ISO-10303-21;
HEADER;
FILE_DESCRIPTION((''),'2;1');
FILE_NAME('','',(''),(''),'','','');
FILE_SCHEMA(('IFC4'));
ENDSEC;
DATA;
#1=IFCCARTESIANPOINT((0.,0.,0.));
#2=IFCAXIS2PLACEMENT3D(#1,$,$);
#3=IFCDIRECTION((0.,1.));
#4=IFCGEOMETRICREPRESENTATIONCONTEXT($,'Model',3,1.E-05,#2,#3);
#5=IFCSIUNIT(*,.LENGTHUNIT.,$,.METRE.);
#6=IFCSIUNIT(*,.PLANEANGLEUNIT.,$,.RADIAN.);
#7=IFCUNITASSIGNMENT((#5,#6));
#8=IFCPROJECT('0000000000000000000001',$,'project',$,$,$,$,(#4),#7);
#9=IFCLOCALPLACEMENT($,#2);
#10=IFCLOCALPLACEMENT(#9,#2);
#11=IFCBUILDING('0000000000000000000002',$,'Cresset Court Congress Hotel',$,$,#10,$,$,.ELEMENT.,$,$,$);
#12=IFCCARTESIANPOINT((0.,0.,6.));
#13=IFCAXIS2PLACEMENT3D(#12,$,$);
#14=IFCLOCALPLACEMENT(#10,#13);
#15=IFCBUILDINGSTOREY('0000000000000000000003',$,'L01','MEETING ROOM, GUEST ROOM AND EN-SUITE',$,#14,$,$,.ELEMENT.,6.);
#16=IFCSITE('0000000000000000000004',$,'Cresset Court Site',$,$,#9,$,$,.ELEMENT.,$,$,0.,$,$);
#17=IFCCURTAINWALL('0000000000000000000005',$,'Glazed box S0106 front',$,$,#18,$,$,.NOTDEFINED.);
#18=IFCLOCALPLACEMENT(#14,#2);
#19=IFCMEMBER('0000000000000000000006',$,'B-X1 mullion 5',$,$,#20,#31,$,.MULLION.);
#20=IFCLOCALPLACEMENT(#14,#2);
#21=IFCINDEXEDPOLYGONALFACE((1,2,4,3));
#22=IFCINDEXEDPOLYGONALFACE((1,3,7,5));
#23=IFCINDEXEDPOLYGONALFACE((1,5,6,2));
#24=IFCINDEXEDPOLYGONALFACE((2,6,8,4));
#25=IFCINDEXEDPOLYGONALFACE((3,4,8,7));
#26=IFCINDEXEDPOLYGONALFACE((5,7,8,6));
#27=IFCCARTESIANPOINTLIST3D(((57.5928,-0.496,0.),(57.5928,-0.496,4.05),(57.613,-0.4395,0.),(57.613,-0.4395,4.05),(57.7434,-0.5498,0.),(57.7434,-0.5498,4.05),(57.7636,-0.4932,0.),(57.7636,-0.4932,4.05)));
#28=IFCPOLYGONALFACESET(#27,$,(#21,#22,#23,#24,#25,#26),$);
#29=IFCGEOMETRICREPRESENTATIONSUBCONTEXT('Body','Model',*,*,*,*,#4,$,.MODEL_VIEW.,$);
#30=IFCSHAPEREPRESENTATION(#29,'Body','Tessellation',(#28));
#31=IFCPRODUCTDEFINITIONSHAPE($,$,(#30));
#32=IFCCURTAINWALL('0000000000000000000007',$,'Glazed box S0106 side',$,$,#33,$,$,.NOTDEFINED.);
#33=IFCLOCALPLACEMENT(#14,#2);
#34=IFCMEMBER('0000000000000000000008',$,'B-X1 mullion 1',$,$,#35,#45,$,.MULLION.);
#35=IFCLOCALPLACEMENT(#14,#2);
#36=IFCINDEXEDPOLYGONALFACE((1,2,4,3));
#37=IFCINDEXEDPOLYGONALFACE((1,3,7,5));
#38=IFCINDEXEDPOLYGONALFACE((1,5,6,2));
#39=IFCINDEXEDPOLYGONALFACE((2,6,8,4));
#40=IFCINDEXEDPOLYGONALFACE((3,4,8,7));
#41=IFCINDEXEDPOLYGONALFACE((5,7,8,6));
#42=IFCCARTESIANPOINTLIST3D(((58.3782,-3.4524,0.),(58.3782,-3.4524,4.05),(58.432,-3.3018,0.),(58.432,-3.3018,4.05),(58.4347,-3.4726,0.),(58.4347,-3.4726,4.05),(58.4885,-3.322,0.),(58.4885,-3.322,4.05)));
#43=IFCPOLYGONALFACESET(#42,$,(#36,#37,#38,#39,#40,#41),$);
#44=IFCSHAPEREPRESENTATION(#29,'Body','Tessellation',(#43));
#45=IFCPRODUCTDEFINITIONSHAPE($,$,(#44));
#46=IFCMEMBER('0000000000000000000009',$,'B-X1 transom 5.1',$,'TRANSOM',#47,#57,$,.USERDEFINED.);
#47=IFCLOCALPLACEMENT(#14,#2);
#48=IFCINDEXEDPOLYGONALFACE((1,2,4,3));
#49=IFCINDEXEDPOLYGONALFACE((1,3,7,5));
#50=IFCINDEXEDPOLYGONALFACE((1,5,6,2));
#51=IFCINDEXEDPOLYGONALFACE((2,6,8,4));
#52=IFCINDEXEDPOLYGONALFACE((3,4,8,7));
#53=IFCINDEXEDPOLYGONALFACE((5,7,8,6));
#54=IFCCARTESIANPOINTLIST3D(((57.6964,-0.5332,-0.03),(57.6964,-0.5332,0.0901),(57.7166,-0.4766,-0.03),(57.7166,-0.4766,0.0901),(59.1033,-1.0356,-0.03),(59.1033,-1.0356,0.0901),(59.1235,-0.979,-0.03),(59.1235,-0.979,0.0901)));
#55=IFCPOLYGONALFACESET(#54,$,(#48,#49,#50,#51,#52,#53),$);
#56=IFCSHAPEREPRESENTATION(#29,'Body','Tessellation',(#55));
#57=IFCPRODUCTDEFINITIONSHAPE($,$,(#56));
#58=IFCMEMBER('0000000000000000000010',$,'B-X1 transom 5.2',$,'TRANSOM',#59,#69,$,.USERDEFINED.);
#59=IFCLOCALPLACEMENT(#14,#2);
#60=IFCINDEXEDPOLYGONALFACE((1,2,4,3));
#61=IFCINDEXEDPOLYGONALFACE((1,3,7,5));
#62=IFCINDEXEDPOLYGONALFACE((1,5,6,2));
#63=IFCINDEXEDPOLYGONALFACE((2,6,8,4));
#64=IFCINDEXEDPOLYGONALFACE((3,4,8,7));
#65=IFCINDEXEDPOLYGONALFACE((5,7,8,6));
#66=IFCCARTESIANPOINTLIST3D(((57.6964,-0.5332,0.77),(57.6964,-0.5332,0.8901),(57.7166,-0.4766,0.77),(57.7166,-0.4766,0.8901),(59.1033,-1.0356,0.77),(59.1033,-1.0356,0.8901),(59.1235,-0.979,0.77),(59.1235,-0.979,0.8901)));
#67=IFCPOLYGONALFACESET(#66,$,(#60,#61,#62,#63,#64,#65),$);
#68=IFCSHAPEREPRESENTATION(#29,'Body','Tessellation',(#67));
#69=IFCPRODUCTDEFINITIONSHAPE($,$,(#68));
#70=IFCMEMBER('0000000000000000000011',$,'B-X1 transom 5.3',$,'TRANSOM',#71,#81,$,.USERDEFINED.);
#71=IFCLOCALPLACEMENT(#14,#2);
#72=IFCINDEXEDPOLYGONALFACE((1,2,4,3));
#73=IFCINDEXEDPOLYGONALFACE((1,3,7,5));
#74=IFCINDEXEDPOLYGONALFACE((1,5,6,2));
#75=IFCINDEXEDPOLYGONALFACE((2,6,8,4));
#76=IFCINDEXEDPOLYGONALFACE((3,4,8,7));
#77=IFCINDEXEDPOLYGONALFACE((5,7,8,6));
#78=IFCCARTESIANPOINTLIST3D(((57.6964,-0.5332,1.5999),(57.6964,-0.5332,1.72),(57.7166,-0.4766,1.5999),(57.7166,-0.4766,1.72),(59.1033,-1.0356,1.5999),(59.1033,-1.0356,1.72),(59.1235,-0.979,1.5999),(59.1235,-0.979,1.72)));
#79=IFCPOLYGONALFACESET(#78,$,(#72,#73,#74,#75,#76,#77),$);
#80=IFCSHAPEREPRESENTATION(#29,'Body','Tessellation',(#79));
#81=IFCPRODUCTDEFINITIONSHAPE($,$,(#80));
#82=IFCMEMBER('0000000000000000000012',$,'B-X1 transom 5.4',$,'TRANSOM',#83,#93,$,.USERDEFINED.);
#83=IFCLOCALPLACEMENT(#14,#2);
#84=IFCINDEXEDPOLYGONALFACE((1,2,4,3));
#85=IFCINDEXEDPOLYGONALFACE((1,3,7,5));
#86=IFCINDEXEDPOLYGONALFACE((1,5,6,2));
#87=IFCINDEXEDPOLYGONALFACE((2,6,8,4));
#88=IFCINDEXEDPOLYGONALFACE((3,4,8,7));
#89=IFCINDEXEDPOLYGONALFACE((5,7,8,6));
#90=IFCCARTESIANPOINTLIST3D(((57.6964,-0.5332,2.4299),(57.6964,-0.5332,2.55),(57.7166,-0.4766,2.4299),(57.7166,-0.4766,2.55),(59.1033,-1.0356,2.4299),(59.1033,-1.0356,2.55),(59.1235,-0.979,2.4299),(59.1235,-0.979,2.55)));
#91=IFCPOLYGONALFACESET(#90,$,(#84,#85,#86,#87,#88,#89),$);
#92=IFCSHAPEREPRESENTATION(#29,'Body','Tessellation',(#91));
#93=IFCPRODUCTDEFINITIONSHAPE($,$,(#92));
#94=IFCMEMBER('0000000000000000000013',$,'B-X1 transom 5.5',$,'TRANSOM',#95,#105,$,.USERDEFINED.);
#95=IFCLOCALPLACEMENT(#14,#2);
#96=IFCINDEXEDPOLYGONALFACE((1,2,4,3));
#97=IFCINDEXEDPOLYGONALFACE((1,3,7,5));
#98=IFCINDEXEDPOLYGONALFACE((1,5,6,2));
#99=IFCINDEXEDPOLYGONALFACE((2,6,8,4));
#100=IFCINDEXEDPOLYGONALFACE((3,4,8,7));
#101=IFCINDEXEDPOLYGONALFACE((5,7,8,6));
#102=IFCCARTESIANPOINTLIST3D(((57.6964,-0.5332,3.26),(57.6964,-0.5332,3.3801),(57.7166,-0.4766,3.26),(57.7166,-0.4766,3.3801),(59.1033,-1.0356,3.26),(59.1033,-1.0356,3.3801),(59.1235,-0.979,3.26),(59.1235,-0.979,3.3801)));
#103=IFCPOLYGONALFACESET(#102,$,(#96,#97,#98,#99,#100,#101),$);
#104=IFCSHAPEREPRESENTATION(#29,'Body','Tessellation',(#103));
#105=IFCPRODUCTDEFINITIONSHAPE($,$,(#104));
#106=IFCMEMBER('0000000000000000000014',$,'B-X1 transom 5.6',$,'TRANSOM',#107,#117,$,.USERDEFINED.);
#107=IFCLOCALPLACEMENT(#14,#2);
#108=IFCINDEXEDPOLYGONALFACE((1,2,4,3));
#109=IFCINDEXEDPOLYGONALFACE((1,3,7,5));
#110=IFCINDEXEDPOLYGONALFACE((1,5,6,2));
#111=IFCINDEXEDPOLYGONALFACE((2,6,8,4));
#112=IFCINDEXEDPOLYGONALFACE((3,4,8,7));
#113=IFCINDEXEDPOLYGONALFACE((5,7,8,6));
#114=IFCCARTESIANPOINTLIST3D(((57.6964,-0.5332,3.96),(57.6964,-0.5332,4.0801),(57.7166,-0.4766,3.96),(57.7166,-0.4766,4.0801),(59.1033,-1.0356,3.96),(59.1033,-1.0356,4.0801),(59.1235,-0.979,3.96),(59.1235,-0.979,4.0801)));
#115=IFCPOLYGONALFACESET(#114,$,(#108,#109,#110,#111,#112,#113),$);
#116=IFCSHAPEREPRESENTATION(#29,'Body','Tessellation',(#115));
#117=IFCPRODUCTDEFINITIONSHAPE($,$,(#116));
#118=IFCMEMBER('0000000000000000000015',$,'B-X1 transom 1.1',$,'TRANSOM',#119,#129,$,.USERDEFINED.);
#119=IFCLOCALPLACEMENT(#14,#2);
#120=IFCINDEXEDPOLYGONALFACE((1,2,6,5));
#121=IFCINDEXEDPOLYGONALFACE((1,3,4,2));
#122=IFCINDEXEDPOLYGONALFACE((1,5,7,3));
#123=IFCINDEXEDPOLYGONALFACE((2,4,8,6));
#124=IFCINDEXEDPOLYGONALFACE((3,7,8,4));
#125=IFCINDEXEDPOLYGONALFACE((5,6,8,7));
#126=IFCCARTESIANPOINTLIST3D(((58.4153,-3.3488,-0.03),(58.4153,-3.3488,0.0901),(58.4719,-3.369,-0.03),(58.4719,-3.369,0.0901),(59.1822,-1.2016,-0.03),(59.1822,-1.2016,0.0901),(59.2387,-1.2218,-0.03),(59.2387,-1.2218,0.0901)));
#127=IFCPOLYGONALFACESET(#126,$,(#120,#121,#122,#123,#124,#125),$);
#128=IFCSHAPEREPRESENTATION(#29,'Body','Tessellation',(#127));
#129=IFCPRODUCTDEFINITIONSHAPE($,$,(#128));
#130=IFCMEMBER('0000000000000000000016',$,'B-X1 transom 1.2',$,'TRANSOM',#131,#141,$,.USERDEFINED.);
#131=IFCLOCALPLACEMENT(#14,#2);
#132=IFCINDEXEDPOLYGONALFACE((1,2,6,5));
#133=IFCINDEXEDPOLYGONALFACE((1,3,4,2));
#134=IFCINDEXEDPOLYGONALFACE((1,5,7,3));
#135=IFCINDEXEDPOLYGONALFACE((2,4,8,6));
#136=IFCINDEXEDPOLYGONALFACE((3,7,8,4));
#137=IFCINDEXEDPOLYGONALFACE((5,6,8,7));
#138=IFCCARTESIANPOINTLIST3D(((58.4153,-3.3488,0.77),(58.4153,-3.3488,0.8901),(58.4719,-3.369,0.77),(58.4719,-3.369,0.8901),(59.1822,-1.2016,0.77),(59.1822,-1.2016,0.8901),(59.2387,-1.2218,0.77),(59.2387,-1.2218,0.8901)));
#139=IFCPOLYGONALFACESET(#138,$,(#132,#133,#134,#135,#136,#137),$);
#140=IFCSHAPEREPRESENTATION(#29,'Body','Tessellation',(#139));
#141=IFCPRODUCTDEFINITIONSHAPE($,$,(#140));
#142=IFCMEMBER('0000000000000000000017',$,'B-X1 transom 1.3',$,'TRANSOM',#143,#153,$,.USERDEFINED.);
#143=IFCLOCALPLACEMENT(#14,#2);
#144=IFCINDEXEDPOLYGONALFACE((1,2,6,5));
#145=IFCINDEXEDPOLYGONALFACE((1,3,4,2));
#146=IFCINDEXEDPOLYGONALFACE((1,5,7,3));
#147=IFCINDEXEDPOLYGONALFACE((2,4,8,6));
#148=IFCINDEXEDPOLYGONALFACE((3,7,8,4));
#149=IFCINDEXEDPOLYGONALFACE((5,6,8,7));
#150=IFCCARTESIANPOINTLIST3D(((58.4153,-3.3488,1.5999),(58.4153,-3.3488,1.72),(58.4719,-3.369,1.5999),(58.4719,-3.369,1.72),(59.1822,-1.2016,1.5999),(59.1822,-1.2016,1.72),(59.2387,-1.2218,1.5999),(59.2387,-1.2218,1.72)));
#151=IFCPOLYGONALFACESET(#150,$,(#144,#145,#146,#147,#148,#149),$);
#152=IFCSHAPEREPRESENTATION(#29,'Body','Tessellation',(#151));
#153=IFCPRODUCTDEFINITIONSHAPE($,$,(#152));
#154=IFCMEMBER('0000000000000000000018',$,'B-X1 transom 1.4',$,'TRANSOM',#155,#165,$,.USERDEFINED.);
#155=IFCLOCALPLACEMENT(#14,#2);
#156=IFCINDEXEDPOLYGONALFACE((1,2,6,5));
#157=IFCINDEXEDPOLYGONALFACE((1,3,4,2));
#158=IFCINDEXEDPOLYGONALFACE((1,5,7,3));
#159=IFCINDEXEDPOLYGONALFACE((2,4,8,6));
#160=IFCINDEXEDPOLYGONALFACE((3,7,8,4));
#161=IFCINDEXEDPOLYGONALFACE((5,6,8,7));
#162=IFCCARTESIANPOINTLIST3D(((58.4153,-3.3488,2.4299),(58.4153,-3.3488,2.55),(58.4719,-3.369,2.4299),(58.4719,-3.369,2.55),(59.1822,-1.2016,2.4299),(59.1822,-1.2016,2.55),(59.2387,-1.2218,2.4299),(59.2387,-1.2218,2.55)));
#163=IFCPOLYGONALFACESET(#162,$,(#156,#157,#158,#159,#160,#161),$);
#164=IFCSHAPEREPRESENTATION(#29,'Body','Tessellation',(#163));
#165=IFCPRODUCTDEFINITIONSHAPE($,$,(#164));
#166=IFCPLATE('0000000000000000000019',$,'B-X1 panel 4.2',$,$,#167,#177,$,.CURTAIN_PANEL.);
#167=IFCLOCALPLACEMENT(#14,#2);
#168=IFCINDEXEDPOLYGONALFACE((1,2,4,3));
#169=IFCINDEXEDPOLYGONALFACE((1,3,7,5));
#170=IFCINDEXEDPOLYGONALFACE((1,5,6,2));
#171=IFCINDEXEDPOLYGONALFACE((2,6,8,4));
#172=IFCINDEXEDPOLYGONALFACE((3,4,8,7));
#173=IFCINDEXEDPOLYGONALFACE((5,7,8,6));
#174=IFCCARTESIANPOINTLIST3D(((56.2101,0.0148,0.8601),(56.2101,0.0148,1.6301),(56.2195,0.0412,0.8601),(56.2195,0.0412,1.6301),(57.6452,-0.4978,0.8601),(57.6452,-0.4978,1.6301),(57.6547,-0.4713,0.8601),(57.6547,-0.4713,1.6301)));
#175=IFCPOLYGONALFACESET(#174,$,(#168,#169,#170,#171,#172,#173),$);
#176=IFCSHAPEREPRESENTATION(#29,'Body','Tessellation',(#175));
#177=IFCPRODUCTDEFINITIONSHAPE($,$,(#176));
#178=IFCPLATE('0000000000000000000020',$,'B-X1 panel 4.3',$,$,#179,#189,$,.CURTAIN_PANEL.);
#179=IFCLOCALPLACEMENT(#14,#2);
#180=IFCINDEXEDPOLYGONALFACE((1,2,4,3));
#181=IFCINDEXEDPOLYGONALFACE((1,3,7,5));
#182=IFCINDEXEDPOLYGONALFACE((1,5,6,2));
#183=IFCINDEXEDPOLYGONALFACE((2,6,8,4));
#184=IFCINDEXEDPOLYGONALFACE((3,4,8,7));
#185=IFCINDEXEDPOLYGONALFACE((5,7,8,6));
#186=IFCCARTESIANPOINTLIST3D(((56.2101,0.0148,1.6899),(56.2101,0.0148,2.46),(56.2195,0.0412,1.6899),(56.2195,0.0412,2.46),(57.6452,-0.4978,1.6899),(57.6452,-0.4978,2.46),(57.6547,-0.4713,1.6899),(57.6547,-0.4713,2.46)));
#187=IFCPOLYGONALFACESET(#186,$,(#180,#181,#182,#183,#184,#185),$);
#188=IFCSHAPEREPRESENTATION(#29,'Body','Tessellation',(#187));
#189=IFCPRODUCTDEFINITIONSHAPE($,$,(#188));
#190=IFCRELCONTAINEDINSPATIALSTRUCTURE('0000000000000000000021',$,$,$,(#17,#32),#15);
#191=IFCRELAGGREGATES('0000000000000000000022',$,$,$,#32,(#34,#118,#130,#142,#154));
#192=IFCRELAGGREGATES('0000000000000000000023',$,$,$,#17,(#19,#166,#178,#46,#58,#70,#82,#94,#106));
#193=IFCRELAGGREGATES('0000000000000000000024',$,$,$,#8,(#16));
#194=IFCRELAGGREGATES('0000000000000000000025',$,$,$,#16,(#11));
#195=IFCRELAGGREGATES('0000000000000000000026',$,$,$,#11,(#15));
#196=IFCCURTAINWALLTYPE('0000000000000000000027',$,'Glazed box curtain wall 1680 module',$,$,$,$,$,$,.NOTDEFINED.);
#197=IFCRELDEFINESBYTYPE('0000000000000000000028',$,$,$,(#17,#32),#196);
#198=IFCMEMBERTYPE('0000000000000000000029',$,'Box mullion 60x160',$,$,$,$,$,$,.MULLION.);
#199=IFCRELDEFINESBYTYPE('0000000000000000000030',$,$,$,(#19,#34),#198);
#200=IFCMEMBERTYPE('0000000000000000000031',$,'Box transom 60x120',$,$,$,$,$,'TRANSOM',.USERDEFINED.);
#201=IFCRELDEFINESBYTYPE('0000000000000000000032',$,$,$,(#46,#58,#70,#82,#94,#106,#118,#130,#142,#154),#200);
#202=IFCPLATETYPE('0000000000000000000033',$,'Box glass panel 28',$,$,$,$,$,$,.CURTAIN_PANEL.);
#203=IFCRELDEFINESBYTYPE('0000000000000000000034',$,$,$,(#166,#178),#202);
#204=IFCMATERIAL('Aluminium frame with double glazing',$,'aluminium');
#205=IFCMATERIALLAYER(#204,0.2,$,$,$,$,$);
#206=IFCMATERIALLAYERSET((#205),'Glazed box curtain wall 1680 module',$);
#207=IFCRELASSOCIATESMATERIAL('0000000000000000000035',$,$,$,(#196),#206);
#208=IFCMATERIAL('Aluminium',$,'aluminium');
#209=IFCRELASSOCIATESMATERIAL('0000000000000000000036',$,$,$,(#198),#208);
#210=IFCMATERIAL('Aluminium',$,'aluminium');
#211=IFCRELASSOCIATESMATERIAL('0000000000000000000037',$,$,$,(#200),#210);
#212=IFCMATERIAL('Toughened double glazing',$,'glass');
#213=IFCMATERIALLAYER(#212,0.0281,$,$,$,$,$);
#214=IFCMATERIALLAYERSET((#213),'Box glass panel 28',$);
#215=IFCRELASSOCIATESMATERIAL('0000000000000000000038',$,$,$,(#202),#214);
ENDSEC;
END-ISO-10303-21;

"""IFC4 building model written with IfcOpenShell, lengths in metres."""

from ifc_helpers import new_model, si_unit, direction, frame, origin, origin_2d, place, context, subcontext, project, spatial, rectangle, extrude, material, layer, layer_set, material_profile, profile_set, type_object, element, aggregate, save


model = new_model("IFC4")

# Units and contexts
model_context = context("Model", 3, precision=1e-05, world=origin(), true_north=direction((0.0, 1.0)))
body_context = subcontext(model_context, "Body", "Model", "MODEL_VIEW")
ifc_project = project(units=[si_unit("LENGTHUNIT", "METRE"), si_unit("PLANEANGLEUNIT", "RADIAN")], contexts=[model_context])

# Site, building, storey
site_placement = place(None, origin())
site = spatial("IfcSite", under=ifc_project, at=site_placement, Name="Cresset Court Site", CompositionType="ELEMENT", RefElevation=0.0)
building_placement = place(site_placement, origin())
building = spatial("IfcBuilding", under=site, at=building_placement, Name="Cresset Court Congress Hotel", CompositionType="ELEMENT")
storey_placement = place(building_placement, frame((0.0, 0.0, 6.0)))
storey = spatial("IfcBuildingStorey", under=building, at=storey_placement, Name="L01", Description="MEETING ROOM, GUEST ROOM AND EN-SUITE", CompositionType="ELEMENT", Elevation=6.0)

# Curtain walls, members
ifc_material_1 = material(Name="Aluminium frame with double glazing", Category="aluminium")
ifc_layer_1 = layer(ifc_material_1, 0.2)
ifc_layer_set_1 = layer_set([ifc_layer_1], Name="Glazed box curtain wall 1680 module")
curtain_wall_type = type_object("IfcCurtainWallType", Name="Glazed box curtain wall 1680 module", PredefinedType="NOTDEFINED", material=ifc_layer_set_1)
curtain_wall_1_placement = place(storey_placement, origin())
curtain_wall_1 = element("IfcCurtainWall", 1, at=curtain_wall_1_placement, inside=storey, type_object=curtain_wall_type, Name="Glazed box S0106 front", PredefinedType="NOTDEFINED")
ifc_material_2 = material(Name="Aluminium", Category="aluminium")
ifc_material_profile_1 = material_profile(ifc_material_2, rectangle(XDim=0.0601, YDim=0.1599, at=origin_2d()), Name="Box mullion 60x160")
ifc_profile_set_1 = profile_set([ifc_material_profile_1], Name="Aluminium")
member_type_1 = type_object("IfcMemberType", Name="Box mullion 60x160", PredefinedType="MULLION", material=ifc_profile_set_1)
member_1_placement = place(storey_placement, frame((57.6782, -0.4946, 0.0), z_axis=(0.0, 0.0, 1.0), x_axis=(0.336336, 0.941742, 0.0)))
member_1 = element("IfcMember", 2, at=member_1_placement, type_object=member_type_1, Name="B-X1 mullion 5", PredefinedType="MULLION", context=body_context, shape_type="SweptSolid", body=[
    extrude(rectangle(XDim=0.0601, YDim=0.1599, at=origin_2d()), origin(), (0.0, 0.0, 1.0), 4.05),
])
curtain_wall_2_placement = place(storey_placement, origin())
curtain_wall_2 = element("IfcCurtainWall", 3, at=curtain_wall_2_placement, inside=storey, type_object=curtain_wall_type, Name="Glazed box S0106 side", PredefinedType="NOTDEFINED")
member_2_placement = place(storey_placement, frame((58.4333, -3.3872, 0.0), z_axis=(0.0, 0.0, 1.0), x_axis=(-0.941742, 0.336336, 0.0)))
member_2 = element("IfcMember", 4, at=member_2_placement, type_object=member_type_1, Name="B-X1 mullion 1", PredefinedType="MULLION", context=body_context, shape_type="SweptSolid", body=[
    extrude(rectangle(XDim=0.0601, YDim=0.1599, at=origin_2d()), origin(), (0.0, 0.0, 1.0), 4.05),
])

# Members
ifc_material_3 = material(Name="Aluminium", Category="aluminium")
ifc_material_profile_2 = material_profile(ifc_material_3, rectangle(XDim=0.0601, YDim=0.1201, at=origin_2d()), Name="Box transom 60x120")
ifc_profile_set_2 = profile_set([ifc_material_profile_2], Name="Aluminium")
member_type_2 = type_object("IfcMemberType", Name="Box transom 60x120", ElementType="TRANSOM", PredefinedType="USERDEFINED", material=ifc_profile_set_2)
member_3_placement = place(storey_placement, frame((57.7065, -0.5049, 0.03), z_axis=(0.941753, -0.336305, 0.0), x_axis=(0.336305, 0.941753, 0.0)))
member_3 = element("IfcMember", 5, at=member_3_placement, type_object=member_type_2, Name="B-X1 transom 5.1", ObjectType="TRANSOM", PredefinedType="USERDEFINED", context=body_context, shape_type="SweptSolid", body=[
    extrude(rectangle(XDim=0.0601, YDim=0.1201, at=origin_2d()), origin(), (0.0, 0.0, 1.0), 1.4939),
])
member_4_placement = place(storey_placement, frame((57.7065, -0.5049, 0.8301), z_axis=(0.941753, -0.336305, 0.0), x_axis=(0.336305, 0.941753, 0.0)))
member_4 = element("IfcMember", 6, at=member_4_placement, type_object=member_type_2, Name="B-X1 transom 5.2", ObjectType="TRANSOM", PredefinedType="USERDEFINED", context=body_context, shape_type="SweptSolid", body=[
    extrude(rectangle(XDim=0.0601, YDim=0.1201, at=origin_2d()), origin(), (0.0, 0.0, 1.0), 1.4939),
])
member_5_placement = place(storey_placement, frame((57.7065, -0.5049, 1.6599), z_axis=(0.941753, -0.336305, 0.0), x_axis=(0.336305, 0.941753, 0.0)))
member_5 = element("IfcMember", 7, at=member_5_placement, type_object=member_type_2, Name="B-X1 transom 5.3", ObjectType="TRANSOM", PredefinedType="USERDEFINED", context=body_context, shape_type="SweptSolid", body=[
    extrude(rectangle(XDim=0.0601, YDim=0.1201, at=origin_2d()), origin(), (0.0, 0.0, 1.0), 1.4939),
])
member_6_placement = place(storey_placement, frame((57.7065, -0.5049, 2.49), z_axis=(0.941753, -0.336305, 0.0), x_axis=(0.336305, 0.941753, 0.0)))
member_6 = element("IfcMember", 8, at=member_6_placement, type_object=member_type_2, Name="B-X1 transom 5.4", ObjectType="TRANSOM", PredefinedType="USERDEFINED", context=body_context, shape_type="SweptSolid", body=[
    extrude(rectangle(XDim=0.0601, YDim=0.1201, at=origin_2d()), origin(), (0.0, 0.0, 1.0), 1.4939),
])
member_7_placement = place(storey_placement, frame((57.7065, -0.5049, 3.3201), z_axis=(0.941753, -0.336305, 0.0), x_axis=(0.336305, 0.941753, 0.0)))
member_7 = element("IfcMember", 9, at=member_7_placement, type_object=member_type_2, Name="B-X1 transom 5.5", ObjectType="TRANSOM", PredefinedType="USERDEFINED", context=body_context, shape_type="SweptSolid", body=[
    extrude(rectangle(XDim=0.0601, YDim=0.1201, at=origin_2d()), origin(), (0.0, 0.0, 1.0), 1.4939),
])
member_8_placement = place(storey_placement, frame((57.7065, -0.5049, 4.02), z_axis=(0.941753, -0.336305, 0.0), x_axis=(0.336305, 0.941753, 0.0)))
member_8 = element("IfcMember", 10, at=member_8_placement, type_object=member_type_2, Name="B-X1 transom 5.6", ObjectType="TRANSOM", PredefinedType="USERDEFINED", context=body_context, shape_type="SweptSolid", body=[
    extrude(rectangle(XDim=0.0601, YDim=0.1201, at=origin_2d()), origin(), (0.0, 0.0, 1.0), 1.4939),
])
member_9_placement = place(storey_placement, frame((58.4436, -3.3589, 0.03), z_axis=(0.33633, 0.941744, 0.0), x_axis=(-0.941744, 0.33633, 0.0)))
member_9 = element("IfcMember", 11, at=member_9_placement, type_object=member_type_2, Name="B-X1 transom 1.1", ObjectType="TRANSOM", PredefinedType="USERDEFINED", context=body_context, shape_type="SweptSolid", body=[
    extrude(rectangle(XDim=0.0601, YDim=0.1201, at=origin_2d()), origin(), (0.0, 0.0, 1.0), 2.28),
])
member_10_placement = place(storey_placement, frame((58.4436, -3.3589, 0.8301), z_axis=(0.33633, 0.941744, 0.0), x_axis=(-0.941744, 0.33633, 0.0)))
member_10 = element("IfcMember", 12, at=member_10_placement, type_object=member_type_2, Name="B-X1 transom 1.2", ObjectType="TRANSOM", PredefinedType="USERDEFINED", context=body_context, shape_type="SweptSolid", body=[
    extrude(rectangle(XDim=0.0601, YDim=0.1201, at=origin_2d()), origin(), (0.0, 0.0, 1.0), 2.28),
])
member_11_placement = place(storey_placement, frame((58.4436, -3.3589, 1.6599), z_axis=(0.33633, 0.941744, 0.0), x_axis=(-0.941744, 0.33633, 0.0)))
member_11 = element("IfcMember", 13, at=member_11_placement, type_object=member_type_2, Name="B-X1 transom 1.3", ObjectType="TRANSOM", PredefinedType="USERDEFINED", context=body_context, shape_type="SweptSolid", body=[
    extrude(rectangle(XDim=0.0601, YDim=0.1201, at=origin_2d()), origin(), (0.0, 0.0, 1.0), 2.28),
])
member_12_placement = place(storey_placement, frame((58.4436, -3.3589, 2.49), z_axis=(0.33633, 0.941744, 0.0), x_axis=(-0.941744, 0.33633, 0.0)))
member_12 = element("IfcMember", 14, at=member_12_placement, type_object=member_type_2, Name="B-X1 transom 1.4", ObjectType="TRANSOM", PredefinedType="USERDEFINED", context=body_context, shape_type="SweptSolid", body=[
    extrude(rectangle(XDim=0.0601, YDim=0.1201, at=origin_2d()), origin(), (0.0, 0.0, 1.0), 2.28),
])
aggregate(curtain_wall_2, [member_2, member_9, member_10, member_11, member_12])

# Plates
ifc_material_4 = material(Name="Toughened double glazing", Category="glass")
ifc_layer_2 = layer(ifc_material_4, 0.0281)
ifc_layer_set_2 = layer_set([ifc_layer_2], Name="Box glass panel 28")
plate_type_1 = type_object("IfcPlateType", Name="Box glass panel 28", PredefinedType="CURTAIN_PANEL", material=ifc_layer_set_2)
plate_1_placement = place(storey_placement, frame((56.9324, -0.2283, 0.8601), z_axis=(0.0, 0.0, 1.0), x_axis=(0.941742, -0.336336, 0.0)))
plate_1 = element("IfcPlate", 15, at=plate_1_placement, type_object=plate_type_1, Name="B-X1 panel 4.2", PredefinedType="CURTAIN_PANEL", context=body_context, shape_type="SweptSolid", body=[
    extrude(rectangle(XDim=1.5239, YDim=0.0281, at=origin_2d()), origin(), (0.0, 0.0, 1.0), 0.77),
])
plate_2_placement = place(storey_placement, frame((56.9324, -0.2283, 1.6899), z_axis=(0.0, 0.0, 1.0), x_axis=(0.941742, -0.336336, 0.0)))
plate_2 = element("IfcPlate", 16, at=plate_2_placement, type_object=plate_type_1, Name="B-X1 panel 4.3", PredefinedType="CURTAIN_PANEL", context=body_context, shape_type="SweptSolid", body=[
    extrude(rectangle(XDim=1.5239, YDim=0.0281, at=origin_2d()), origin(), (0.0, 0.0, 1.0), 0.77),
])
aggregate(curtain_wall_1, [member_1, plate_1, plate_2, member_3, member_4, member_5, member_6, member_7, member_8])

save(model, "model.ifc")
